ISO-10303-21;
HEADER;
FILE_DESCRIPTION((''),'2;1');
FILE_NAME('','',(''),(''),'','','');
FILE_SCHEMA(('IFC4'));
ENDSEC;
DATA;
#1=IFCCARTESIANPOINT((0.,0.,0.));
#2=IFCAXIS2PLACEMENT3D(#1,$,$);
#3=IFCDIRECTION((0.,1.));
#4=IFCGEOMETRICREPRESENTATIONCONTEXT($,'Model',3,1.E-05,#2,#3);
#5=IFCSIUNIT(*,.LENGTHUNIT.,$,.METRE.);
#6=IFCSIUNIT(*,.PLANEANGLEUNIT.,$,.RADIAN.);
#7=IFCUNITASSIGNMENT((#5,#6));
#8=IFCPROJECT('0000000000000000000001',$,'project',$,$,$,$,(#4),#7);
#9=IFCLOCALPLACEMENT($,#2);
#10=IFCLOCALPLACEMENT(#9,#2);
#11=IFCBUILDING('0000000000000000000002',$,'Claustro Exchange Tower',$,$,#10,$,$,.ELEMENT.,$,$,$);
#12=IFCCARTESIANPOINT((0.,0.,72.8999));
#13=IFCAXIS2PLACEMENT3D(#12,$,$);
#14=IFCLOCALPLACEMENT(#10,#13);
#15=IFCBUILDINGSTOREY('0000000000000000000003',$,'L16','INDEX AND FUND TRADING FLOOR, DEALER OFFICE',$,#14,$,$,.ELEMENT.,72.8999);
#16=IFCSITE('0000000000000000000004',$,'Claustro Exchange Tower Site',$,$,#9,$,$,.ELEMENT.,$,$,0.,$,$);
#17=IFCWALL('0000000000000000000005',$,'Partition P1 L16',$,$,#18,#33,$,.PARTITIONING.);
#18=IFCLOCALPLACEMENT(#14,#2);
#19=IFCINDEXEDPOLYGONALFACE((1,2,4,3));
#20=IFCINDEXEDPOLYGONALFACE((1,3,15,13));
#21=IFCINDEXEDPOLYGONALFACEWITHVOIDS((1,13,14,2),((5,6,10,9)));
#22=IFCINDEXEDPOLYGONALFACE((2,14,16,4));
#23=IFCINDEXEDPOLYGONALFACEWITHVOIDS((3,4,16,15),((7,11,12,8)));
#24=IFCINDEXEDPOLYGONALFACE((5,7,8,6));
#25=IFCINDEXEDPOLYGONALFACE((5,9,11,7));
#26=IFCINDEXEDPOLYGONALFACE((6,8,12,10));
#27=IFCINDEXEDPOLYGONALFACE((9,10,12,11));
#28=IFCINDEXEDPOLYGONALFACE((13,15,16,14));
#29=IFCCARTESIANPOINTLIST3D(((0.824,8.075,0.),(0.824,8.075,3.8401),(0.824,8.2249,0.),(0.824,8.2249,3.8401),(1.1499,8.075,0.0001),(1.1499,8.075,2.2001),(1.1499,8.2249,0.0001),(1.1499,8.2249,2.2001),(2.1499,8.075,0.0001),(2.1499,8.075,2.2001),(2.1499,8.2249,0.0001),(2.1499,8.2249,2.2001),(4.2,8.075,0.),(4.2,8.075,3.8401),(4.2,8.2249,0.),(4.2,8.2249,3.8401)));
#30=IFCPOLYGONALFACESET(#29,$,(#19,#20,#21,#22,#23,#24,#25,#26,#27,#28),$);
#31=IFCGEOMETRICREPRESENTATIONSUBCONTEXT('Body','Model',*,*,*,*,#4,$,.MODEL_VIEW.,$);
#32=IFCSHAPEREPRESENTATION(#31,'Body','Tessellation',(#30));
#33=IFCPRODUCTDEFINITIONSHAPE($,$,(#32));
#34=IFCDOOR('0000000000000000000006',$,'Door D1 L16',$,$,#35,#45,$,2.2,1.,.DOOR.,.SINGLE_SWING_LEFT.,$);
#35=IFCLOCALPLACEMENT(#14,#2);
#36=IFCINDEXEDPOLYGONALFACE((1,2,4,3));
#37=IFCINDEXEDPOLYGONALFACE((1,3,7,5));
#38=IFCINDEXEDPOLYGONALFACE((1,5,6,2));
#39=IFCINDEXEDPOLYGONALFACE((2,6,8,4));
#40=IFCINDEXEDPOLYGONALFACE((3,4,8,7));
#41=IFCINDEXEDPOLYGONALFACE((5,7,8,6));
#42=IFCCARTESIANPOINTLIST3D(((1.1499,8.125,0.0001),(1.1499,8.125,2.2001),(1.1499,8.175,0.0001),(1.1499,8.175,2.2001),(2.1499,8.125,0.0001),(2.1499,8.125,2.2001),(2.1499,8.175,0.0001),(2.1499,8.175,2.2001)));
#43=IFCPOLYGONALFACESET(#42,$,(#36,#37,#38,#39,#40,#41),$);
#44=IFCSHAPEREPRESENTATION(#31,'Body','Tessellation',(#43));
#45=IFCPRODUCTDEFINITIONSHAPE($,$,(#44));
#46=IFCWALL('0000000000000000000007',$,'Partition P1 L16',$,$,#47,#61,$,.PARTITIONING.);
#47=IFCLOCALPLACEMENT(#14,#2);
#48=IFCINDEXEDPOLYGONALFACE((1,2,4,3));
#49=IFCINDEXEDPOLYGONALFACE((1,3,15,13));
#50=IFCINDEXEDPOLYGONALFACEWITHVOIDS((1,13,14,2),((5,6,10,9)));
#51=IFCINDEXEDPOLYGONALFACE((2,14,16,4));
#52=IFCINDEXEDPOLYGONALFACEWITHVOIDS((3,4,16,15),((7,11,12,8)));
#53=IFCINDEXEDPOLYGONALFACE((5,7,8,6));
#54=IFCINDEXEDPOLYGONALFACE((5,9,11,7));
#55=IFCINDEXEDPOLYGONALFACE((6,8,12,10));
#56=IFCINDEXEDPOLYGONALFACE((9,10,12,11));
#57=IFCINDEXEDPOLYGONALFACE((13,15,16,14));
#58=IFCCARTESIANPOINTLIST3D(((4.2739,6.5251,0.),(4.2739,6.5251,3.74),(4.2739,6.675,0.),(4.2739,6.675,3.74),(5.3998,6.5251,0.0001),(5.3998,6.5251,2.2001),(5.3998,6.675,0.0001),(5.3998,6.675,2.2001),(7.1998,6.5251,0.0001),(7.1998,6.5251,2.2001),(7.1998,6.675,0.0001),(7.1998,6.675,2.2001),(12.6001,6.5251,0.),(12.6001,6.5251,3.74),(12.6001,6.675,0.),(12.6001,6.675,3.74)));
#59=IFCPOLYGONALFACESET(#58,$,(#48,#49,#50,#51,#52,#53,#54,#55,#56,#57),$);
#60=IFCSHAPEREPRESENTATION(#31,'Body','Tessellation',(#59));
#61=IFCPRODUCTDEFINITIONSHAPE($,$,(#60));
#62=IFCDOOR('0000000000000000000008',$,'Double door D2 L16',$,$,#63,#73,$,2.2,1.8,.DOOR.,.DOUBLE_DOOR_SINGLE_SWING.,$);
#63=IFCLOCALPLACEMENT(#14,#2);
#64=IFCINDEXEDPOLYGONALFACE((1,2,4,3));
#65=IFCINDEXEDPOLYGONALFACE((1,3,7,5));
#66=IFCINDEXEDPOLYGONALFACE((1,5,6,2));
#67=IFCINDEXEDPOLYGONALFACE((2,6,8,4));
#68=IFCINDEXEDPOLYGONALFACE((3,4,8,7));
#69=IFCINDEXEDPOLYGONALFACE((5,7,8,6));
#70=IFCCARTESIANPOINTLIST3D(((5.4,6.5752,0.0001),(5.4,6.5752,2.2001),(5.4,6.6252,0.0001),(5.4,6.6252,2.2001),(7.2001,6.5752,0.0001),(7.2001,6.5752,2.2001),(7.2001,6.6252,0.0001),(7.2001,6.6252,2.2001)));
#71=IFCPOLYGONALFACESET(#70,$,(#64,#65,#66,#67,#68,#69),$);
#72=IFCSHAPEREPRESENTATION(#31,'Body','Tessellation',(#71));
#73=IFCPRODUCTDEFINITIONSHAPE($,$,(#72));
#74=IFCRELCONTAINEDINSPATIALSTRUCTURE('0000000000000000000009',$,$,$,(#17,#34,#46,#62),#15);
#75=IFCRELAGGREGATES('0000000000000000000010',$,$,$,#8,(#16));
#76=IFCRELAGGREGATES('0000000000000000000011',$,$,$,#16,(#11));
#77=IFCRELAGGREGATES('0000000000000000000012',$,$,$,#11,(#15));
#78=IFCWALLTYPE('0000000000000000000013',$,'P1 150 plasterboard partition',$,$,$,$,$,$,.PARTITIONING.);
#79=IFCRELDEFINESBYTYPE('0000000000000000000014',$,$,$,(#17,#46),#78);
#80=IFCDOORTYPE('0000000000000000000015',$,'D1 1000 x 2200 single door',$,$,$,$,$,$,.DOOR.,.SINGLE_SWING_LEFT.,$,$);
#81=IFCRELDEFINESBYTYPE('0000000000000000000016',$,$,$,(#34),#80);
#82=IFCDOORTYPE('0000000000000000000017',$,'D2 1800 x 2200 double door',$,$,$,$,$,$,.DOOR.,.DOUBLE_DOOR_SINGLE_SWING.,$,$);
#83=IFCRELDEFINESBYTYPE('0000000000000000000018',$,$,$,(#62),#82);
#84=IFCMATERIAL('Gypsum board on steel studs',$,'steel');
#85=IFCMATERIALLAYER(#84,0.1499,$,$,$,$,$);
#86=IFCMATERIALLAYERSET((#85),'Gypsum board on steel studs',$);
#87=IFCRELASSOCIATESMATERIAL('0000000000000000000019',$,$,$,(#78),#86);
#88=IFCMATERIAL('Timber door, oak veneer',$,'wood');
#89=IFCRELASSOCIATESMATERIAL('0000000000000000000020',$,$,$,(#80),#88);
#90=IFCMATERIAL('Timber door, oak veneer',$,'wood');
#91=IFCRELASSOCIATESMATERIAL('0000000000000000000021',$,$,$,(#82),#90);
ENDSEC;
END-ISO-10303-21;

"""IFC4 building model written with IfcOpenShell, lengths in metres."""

from ifc_helpers import new_model, si_unit, direction, frame, frame_2d, origin, place, context, subcontext, project, spatial, rectangle, extrude, material, layer, layer_set, type_object, element, fill, save


model = new_model("IFC4")

# Units and contexts
model_context = context("Model", 3, precision=1e-05, world=origin(), true_north=direction((0.0, 1.0)))
body_context = subcontext(model_context, "Body", "Model", "MODEL_VIEW")
ifc_project = project(units=[si_unit("LENGTHUNIT", "METRE"), si_unit("PLANEANGLEUNIT", "RADIAN")], contexts=[model_context])

# Site, building, storey
site_placement = place(None, origin())
site = spatial("IfcSite", under=ifc_project, at=site_placement, Name="Claustro Exchange Tower Site", CompositionType="ELEMENT", RefElevation=0.0)
building_placement = place(site_placement, origin())
building = spatial("IfcBuilding", under=site, at=building_placement, Name="Claustro Exchange Tower", CompositionType="ELEMENT")
storey_placement = place(building_placement, frame((0.0, 0.0, 72.8999)))
storey = spatial("IfcBuildingStorey", under=building, at=storey_placement, Name="L16", Description="INDEX AND FUND TRADING FLOOR, DEALER OFFICE", CompositionType="ELEMENT", Elevation=72.8999)

# Walls, openings, doors
ifc_material_1 = material(Name="Gypsum board on steel studs", Category="steel")
ifc_layer_1 = layer(ifc_material_1, 0.1499)
ifc_layer_set_1 = layer_set([ifc_layer_1], Name="Gypsum board on steel studs")
wall_type_1 = type_object("IfcWallType", Name="P1 150 plasterboard partition", PredefinedType="PARTITIONING", material=ifc_layer_set_1)
wall_1_placement = place(storey_placement, frame((0.824, 8.1499, 0.0), z_axis=(0.0, 0.0, 1.0), x_axis=(1.0, 0.0, 0.0)))
wall_1 = element("IfcWall", 1, at=wall_1_placement, inside=storey, type_object=wall_type_1, Name="Partition P1 L16", PredefinedType="PARTITIONING", context=body_context, shape_type="SweptSolid", body=[
    extrude(rectangle(XDim=3.376, YDim=0.1499, at=frame_2d((1.688, 0.0))), origin(), (0.0, 0.0, 1.0), 3.8401),
])
opening_1_placement = place(wall_1_placement, frame((0.3259, 0.0, 0.0)))
opening_1 = element("IfcOpeningElement", 2, at=opening_1_placement, cuts=wall_1, PredefinedType="OPENING", context=body_context, shape_type="SweptSolid", body=[
    extrude(rectangle(XDim=1.0, YDim=2.2, at=frame_2d((0.5, 1.1001))), frame((0.0, 0.085, 0.0), z_axis=(0.0, -1.0, 0.0), x_axis=(1.0, 0.0, 0.0)), (0.0, 0.0, 1.0), 0.1699),
])
ifc_material_2 = material(Name="Timber door, oak veneer", Category="wood")
door_type_1 = type_object("IfcDoorType", Name="D1 1000 x 2200 single door", OperationType="SINGLE_SWING_LEFT", PredefinedType="DOOR", material=ifc_material_2)
door_1_placement = place(opening_1_placement, frame((1.0, 0.0, 0.0), z_axis=(0.0, 0.0, 1.0), x_axis=(-1.0, 0.0, 0.0)))
door_1 = element("IfcDoor", 3, at=door_1_placement, inside=storey, type_object=door_type_1, Name="Door D1 L16", OperationType="SINGLE_SWING_LEFT", OverallHeight=2.2, OverallWidth=1.0, PredefinedType="DOOR", context=body_context, shape_type="SweptSolid", body=[
    extrude(rectangle(XDim=1.0, YDim=2.2, at=frame_2d((0.5, 1.1001))), frame((0.0, 0.0249, 0.0), z_axis=(0.0, -1.0, 0.0), x_axis=(1.0, 0.0, 0.0)), (0.0, 0.0, 1.0), 0.05),
])
fill(opening_1, door_1)
wall_2_placement = place(storey_placement, frame((4.2739, 6.6001, 0.0), z_axis=(0.0, 0.0, 1.0), x_axis=(1.0, 0.0, 0.0)))
wall_2 = element("IfcWall", 4, at=wall_2_placement, inside=storey, type_object=wall_type_1, Name="Partition P1 L16", PredefinedType="PARTITIONING", context=body_context, shape_type="SweptSolid", body=[
    extrude(rectangle(XDim=8.3262, YDim=0.1499, at=frame_2d((4.1631, 0.0))), origin(), (0.0, 0.0, 1.0), 3.74),
])
opening_2_placement = place(wall_2_placement, frame((1.126, 0.0, 0.0)))
opening_2 = element("IfcOpeningElement", 5, at=opening_2_placement, cuts=wall_2, PredefinedType="OPENING", context=body_context, shape_type="SweptSolid", body=[
    extrude(rectangle(XDim=1.8, YDim=2.2, at=frame_2d((0.8999, 1.1001))), frame((0.0, 0.085, 0.0), z_axis=(0.0, -1.0, 0.0), x_axis=(1.0, 0.0, 0.0)), (0.0, 0.0, 1.0), 0.1699),
])
ifc_material_3 = material(Name="Timber door, oak veneer", Category="wood")
door_type_2 = type_object("IfcDoorType", Name="D2 1800 x 2200 double door", OperationType="DOUBLE_DOOR_SINGLE_SWING", PredefinedType="DOOR", material=ifc_material_3)
door_2_placement = place(opening_2_placement, frame((1.8, 0.0, 0.0), z_axis=(0.0, 0.0, 1.0), x_axis=(-1.0, 0.0, 0.0)))
door_2 = element("IfcDoor", 6, at=door_2_placement, inside=storey, type_object=door_type_2, Name="Double door D2 L16", OperationType="DOUBLE_DOOR_SINGLE_SWING", OverallHeight=2.2, OverallWidth=1.8, PredefinedType="DOOR", context=body_context, shape_type="SweptSolid", body=[
    extrude(rectangle(XDim=1.8, YDim=2.2, at=frame_2d((0.8999, 1.1001))), frame((0.0, 0.0249, 0.0), z_axis=(0.0, -1.0, 0.0), x_axis=(1.0, 0.0, 0.0)), (0.0, 0.0, 1.0), 0.05),
])
fill(opening_2, door_2)

save(model, "model.ifc")
